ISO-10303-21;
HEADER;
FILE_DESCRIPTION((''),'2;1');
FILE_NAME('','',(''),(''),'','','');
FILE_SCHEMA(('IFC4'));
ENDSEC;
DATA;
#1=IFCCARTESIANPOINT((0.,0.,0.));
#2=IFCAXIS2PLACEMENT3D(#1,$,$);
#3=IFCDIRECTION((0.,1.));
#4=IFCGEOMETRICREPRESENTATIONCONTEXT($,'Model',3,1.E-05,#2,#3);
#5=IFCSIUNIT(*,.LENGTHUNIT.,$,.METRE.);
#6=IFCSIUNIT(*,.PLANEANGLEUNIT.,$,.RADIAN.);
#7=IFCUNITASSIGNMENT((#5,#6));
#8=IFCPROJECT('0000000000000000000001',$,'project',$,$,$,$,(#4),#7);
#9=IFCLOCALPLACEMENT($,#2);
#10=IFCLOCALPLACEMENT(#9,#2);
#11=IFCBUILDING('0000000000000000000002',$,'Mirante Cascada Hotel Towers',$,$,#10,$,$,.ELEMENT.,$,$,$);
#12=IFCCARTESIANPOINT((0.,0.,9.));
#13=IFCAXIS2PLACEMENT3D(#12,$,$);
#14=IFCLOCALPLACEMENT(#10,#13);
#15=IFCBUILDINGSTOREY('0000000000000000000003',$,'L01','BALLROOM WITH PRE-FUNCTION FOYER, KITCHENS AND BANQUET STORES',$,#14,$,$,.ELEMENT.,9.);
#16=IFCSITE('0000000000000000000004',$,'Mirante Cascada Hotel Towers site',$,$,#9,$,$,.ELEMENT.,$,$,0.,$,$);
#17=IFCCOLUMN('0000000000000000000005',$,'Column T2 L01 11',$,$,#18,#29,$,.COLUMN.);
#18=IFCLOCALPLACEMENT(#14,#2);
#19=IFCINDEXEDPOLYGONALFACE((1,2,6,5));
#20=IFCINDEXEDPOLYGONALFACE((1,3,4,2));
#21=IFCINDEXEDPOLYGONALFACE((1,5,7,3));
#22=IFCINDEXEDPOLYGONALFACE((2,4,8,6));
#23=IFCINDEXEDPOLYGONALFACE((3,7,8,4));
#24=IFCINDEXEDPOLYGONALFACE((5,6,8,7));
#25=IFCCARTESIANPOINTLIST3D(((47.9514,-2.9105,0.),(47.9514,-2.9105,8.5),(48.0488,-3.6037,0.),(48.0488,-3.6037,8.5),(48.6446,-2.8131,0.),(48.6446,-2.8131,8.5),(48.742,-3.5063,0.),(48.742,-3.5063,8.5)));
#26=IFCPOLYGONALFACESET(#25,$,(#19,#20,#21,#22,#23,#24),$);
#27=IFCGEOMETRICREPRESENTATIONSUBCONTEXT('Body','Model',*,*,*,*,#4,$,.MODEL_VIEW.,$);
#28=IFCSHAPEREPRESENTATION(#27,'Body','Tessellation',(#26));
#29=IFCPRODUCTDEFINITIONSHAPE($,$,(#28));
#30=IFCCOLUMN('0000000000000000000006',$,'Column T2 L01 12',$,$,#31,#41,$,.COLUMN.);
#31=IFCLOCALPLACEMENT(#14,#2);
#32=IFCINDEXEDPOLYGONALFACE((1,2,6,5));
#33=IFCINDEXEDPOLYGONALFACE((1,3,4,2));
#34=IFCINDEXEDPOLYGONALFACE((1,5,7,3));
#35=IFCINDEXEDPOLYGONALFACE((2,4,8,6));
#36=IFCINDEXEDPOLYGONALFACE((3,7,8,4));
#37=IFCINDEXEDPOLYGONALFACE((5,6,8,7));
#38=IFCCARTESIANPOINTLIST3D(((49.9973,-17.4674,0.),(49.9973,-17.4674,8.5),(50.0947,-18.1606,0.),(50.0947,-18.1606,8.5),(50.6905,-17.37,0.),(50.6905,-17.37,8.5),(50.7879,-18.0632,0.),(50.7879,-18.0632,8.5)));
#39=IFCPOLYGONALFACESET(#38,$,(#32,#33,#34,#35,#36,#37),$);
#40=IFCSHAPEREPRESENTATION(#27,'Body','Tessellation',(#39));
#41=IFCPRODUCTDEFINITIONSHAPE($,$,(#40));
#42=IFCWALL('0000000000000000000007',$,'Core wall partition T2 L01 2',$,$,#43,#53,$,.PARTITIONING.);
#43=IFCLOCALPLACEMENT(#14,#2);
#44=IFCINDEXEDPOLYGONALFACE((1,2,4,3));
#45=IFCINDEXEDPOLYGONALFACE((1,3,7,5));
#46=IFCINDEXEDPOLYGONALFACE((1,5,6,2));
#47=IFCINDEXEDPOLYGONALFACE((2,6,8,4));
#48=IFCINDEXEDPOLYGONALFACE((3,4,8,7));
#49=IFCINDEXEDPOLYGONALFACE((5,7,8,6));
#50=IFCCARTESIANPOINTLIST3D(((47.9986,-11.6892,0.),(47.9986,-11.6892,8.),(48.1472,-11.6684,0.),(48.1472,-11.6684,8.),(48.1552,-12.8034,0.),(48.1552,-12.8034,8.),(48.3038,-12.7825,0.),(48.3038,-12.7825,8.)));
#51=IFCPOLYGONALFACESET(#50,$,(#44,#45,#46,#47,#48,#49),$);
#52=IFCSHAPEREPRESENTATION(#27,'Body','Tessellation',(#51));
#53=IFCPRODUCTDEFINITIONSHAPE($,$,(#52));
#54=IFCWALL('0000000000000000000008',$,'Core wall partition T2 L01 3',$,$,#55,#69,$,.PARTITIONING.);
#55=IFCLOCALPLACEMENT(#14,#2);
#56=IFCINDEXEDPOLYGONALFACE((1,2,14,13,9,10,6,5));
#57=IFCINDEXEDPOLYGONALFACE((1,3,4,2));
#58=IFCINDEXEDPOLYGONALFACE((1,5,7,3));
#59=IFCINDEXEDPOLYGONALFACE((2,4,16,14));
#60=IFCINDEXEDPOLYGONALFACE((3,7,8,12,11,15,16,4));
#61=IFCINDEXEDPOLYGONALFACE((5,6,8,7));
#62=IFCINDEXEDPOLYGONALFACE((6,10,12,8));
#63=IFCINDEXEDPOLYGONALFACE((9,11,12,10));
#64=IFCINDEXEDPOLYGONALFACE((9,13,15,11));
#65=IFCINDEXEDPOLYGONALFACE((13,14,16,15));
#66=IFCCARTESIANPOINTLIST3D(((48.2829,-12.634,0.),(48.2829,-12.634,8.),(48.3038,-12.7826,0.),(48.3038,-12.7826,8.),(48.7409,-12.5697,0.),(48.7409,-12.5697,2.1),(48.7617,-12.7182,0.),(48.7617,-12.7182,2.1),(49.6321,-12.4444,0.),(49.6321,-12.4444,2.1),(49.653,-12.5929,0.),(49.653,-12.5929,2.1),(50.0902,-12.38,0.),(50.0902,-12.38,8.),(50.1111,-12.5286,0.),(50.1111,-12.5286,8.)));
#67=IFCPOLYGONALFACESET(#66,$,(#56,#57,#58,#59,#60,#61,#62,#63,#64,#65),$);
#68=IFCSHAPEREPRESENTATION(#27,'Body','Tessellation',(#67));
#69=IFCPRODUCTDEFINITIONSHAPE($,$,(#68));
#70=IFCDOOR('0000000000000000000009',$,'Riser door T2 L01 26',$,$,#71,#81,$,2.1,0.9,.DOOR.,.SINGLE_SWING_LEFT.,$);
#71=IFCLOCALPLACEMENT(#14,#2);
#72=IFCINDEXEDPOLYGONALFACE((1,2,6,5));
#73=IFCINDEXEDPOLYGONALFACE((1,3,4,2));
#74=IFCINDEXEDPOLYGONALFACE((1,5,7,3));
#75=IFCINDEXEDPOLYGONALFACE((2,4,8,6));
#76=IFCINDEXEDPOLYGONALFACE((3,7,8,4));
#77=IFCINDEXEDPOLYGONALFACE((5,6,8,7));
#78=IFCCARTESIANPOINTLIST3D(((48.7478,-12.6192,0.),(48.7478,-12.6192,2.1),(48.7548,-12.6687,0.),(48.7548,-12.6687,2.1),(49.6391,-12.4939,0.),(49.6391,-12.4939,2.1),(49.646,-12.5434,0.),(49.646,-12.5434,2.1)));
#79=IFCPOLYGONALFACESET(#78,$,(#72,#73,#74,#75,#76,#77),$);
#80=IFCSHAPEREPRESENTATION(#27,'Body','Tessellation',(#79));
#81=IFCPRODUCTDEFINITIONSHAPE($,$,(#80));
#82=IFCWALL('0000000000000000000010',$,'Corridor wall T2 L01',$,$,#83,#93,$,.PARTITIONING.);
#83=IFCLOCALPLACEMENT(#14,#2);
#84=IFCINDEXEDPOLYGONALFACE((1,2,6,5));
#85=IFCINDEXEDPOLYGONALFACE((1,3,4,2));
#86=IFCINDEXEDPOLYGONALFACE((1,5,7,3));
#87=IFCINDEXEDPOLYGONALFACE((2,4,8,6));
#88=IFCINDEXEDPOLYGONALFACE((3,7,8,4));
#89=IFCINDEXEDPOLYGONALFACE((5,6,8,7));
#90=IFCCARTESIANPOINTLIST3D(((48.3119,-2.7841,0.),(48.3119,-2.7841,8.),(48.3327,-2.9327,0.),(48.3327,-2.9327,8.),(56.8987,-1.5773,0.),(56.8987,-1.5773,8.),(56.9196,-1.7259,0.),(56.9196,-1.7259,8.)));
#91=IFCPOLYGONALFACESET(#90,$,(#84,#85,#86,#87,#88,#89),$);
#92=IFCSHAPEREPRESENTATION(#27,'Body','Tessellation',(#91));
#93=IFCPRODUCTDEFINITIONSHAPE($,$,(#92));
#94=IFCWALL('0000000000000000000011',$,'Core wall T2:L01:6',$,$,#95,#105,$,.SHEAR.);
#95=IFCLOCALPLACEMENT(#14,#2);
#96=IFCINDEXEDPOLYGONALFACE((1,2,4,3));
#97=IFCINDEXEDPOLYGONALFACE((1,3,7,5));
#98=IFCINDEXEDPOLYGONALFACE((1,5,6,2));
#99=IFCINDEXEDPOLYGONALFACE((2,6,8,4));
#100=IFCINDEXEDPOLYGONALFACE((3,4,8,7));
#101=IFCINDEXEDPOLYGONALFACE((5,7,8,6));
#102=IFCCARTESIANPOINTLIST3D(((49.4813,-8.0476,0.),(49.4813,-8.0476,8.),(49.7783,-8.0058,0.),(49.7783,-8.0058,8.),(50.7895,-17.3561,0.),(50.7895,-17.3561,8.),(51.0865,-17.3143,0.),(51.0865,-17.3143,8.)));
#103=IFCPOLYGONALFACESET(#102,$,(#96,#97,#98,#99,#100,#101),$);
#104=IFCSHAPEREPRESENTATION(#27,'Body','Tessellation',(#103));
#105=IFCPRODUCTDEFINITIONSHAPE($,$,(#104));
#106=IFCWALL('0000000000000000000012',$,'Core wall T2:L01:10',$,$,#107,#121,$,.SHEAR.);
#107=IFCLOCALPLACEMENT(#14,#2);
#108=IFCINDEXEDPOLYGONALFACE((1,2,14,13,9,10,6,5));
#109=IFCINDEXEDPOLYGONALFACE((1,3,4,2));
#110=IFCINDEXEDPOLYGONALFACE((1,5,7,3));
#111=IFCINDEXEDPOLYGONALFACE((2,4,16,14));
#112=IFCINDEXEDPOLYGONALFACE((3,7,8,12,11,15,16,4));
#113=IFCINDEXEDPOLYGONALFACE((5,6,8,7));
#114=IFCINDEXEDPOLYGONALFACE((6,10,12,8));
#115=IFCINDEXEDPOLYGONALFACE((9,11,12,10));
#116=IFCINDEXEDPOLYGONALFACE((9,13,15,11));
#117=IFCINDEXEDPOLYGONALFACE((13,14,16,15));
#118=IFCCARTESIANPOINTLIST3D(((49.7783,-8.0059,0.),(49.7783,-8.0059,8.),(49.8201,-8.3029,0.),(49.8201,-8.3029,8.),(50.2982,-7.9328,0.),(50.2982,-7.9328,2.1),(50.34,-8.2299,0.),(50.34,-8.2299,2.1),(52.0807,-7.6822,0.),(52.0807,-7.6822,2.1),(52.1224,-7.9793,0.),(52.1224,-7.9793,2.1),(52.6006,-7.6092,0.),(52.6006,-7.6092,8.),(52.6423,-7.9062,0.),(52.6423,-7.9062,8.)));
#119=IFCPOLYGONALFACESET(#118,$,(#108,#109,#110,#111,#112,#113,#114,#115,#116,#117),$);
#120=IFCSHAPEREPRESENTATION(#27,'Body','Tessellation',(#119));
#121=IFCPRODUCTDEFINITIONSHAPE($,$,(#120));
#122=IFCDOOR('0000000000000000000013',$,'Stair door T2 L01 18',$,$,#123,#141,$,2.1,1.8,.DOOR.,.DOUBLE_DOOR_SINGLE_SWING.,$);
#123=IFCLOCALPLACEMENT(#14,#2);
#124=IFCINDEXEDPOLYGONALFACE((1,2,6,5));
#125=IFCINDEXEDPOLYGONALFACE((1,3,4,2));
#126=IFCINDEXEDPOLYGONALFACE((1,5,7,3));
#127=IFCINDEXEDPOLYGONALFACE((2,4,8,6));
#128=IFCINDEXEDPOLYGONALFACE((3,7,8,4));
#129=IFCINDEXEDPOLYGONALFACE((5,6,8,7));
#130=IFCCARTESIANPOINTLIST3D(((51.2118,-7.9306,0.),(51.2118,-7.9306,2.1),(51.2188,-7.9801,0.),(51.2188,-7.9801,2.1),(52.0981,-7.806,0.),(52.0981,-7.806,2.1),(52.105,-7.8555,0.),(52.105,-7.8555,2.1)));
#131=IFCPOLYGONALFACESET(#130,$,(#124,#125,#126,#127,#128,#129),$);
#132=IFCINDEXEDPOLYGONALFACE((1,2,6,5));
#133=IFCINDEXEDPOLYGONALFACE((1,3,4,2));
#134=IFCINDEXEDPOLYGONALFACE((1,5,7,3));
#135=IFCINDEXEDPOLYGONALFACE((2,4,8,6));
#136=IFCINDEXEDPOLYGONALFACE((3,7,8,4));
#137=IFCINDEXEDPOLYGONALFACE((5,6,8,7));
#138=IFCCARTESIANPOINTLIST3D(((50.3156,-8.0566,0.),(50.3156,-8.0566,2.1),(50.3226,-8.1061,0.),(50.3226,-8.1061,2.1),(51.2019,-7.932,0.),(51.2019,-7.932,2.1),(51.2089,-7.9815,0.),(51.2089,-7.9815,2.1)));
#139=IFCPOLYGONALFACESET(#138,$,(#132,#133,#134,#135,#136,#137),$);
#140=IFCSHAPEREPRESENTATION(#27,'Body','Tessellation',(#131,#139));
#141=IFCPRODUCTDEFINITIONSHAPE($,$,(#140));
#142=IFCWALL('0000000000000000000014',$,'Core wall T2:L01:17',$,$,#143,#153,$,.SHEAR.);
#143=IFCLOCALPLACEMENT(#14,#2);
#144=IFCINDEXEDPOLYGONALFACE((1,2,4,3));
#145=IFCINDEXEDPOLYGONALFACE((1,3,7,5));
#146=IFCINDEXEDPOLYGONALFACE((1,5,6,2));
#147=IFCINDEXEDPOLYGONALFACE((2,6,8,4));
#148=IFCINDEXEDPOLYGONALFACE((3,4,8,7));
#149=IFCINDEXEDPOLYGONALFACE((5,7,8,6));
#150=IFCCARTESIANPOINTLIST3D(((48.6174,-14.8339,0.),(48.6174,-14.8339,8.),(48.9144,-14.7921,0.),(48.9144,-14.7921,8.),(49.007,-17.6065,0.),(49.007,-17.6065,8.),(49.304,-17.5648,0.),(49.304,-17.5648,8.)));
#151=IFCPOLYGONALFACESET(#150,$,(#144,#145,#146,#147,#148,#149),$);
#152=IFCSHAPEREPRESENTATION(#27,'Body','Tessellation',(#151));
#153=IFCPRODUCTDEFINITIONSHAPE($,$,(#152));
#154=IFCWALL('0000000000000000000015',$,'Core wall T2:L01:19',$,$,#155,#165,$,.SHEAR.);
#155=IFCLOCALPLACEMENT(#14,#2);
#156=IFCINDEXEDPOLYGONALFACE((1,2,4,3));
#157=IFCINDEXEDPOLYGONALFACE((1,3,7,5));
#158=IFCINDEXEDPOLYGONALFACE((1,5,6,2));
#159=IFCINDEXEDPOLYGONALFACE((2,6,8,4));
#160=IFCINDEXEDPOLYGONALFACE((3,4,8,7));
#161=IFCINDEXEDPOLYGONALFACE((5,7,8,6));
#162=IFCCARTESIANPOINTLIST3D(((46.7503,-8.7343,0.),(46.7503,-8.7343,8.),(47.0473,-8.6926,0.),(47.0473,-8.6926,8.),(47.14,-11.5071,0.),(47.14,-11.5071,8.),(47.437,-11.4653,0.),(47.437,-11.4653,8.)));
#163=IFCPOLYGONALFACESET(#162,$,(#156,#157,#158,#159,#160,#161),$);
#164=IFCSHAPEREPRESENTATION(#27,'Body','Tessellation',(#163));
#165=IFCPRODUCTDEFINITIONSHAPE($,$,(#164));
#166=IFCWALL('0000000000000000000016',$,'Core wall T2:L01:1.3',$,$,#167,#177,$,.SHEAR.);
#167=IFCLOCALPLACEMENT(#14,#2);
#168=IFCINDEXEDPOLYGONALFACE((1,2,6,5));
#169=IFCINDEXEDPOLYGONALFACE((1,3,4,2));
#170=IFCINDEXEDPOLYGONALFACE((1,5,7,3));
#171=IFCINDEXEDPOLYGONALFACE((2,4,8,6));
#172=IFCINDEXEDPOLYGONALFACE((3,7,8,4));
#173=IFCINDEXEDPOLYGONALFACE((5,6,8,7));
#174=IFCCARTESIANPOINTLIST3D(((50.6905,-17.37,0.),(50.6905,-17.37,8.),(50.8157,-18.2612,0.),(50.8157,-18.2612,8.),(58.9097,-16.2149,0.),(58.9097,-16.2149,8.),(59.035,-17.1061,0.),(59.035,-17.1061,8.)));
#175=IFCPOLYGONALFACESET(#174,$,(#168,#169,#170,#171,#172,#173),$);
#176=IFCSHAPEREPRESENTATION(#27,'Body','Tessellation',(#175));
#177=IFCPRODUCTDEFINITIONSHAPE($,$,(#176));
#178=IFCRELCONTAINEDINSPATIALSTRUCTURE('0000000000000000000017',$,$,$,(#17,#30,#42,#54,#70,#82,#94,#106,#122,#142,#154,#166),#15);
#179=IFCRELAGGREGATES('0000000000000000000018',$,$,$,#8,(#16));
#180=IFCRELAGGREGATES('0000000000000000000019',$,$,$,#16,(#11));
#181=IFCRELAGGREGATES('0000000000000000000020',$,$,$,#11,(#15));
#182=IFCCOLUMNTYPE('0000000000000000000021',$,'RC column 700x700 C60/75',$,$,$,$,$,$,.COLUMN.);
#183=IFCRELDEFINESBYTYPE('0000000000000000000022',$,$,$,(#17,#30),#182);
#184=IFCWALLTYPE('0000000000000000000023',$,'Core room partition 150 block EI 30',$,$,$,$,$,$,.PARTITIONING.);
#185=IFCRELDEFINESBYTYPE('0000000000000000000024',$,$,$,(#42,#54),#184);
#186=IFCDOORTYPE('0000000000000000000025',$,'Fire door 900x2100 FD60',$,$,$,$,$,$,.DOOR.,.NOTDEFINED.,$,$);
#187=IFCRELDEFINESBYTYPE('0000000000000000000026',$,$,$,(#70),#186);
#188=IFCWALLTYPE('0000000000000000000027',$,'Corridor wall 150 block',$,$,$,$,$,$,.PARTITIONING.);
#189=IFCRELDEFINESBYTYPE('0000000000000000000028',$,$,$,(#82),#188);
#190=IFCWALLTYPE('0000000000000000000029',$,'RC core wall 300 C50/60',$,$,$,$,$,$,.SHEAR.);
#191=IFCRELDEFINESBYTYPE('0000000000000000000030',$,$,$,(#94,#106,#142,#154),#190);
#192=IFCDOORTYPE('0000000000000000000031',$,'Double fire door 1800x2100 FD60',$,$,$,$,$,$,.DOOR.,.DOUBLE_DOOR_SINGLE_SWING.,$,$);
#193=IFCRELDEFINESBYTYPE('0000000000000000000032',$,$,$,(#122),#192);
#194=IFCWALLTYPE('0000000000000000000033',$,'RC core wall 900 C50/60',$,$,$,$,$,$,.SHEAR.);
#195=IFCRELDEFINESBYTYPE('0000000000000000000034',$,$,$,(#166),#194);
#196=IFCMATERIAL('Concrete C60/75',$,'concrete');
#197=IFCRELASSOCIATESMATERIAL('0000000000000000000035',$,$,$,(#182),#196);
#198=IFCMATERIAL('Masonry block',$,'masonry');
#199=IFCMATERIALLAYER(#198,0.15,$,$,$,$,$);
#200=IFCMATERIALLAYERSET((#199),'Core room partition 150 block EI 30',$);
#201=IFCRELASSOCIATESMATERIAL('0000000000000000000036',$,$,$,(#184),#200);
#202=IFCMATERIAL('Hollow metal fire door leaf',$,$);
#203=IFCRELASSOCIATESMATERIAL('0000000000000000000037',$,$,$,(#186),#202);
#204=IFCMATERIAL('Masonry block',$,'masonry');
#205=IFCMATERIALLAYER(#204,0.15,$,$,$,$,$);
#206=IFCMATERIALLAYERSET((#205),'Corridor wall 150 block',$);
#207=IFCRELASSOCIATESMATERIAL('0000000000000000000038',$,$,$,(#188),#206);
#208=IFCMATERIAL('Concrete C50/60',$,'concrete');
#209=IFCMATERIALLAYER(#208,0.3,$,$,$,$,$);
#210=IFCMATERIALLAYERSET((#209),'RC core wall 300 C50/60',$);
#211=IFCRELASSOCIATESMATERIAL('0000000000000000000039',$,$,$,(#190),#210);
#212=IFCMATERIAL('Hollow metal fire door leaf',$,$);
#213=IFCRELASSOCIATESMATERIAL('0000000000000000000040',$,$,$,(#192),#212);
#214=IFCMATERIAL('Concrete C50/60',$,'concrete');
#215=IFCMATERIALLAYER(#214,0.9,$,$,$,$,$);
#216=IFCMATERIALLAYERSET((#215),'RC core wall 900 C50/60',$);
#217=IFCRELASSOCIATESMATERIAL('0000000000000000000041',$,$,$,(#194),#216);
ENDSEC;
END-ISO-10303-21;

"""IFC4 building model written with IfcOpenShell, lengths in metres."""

from ifc_helpers import new_model, si_unit, direction, frame, frame_2d, origin, origin_2d, place, context, subcontext, project, spatial, rectangle, extrude, material, layer, layer_set, material_profile, profile_set, type_object, element, fill, save


model = new_model("IFC4")

# Units and contexts
model_context = context("Model", 3, precision=1e-05, world=origin(), true_north=direction((0.0, 1.0)))
body_context = subcontext(model_context, "Body", "Model", "MODEL_VIEW")
ifc_project = project(units=[si_unit("LENGTHUNIT", "METRE"), si_unit("PLANEANGLEUNIT", "RADIAN")], contexts=[model_context])

# Site, building, storey
site_placement = place(None, origin())
site = spatial("IfcSite", under=ifc_project, at=site_placement, Name="Mirante Cascada Hotel Towers site", CompositionType="ELEMENT", RefElevation=0.0)
building_placement = place(site_placement, origin())
building = spatial("IfcBuilding", under=site, at=building_placement, Name="Mirante Cascada Hotel Towers", CompositionType="ELEMENT")
storey_placement = place(building_placement, frame((0.0, 0.0, 9.0)))
storey = spatial("IfcBuildingStorey", under=building, at=storey_placement, Name="L01", Description="BALLROOM WITH PRE-FUNCTION FOYER, KITCHENS AND BANQUET STORES", CompositionType="ELEMENT", Elevation=9.0)

# Columns
ifc_material_1 = material(Name="Concrete C60/75", Category="concrete")
ifc_material_profile = material_profile(ifc_material_1, rectangle(XDim=0.7, YDim=0.7, at=origin_2d()), Name="RC column 700x700 C60/75")
ifc_profile_set = profile_set([ifc_material_profile], Name="Concrete C60/75")
column_type = type_object("IfcColumnType", Name="RC column 700x700 C60/75", PredefinedType="COLUMN", material=ifc_profile_set)
for number, where, z_axis, x_axis, name in (
    (1, (48.3467, -3.2084, 0.0), (0.0, 0.0, 1.0), (0.990268, 0.139173, 0.0), "Column T2 L01 11"),
    (2, (50.3926, -17.7653, 0.0), (0.0, 0.0, 1.0), (0.990268, 0.139173, 0.0), "Column T2 L01 12"),
):
    element("IfcColumn", number, at=place(storey_placement, frame(where, z_axis=z_axis, x_axis=x_axis)), inside=storey, type_object=column_type, Name=name, PredefinedType="COLUMN", context=body_context, shape_type="SweptSolid", body=[
        extrude(rectangle(XDim=0.7, YDim=0.7, at=origin_2d()), origin(), (0.0, 0.0, 1.0), 8.5),
    ])

# Wall
ifc_material_2 = material(Name="Masonry block", Category="masonry")
ifc_layer_1 = layer(ifc_material_2, 0.15)
ifc_layer_set_1 = layer_set([ifc_layer_1], Name="Core room partition 150 block EI 30")
wall_type_1 = type_object("IfcWallType", Name="Core room partition 150 block EI 30", PredefinedType="PARTITIONING", material=ifc_layer_set_1)
wall_1_placement = place(storey_placement, frame((48.2295, -12.793, 0.0), z_axis=(0.0, 0.0, 1.0), x_axis=(-0.139193, 0.990265, 0.0)))
element("IfcWall", 3, at=wall_1_placement, inside=storey, type_object=wall_type_1, Name="Core wall partition T2 L01 2", PredefinedType="PARTITIONING", context=body_context, shape_type="SweptSolid", body=[
    extrude(rectangle(XDim=1.1251, YDim=0.15, at=frame_2d((0.5626, 0.0))), origin(), (0.0, 0.0, 1.0), 8.0),
])

# Wall, opening, door
wall_2_placement = place(storey_placement, frame((48.2933, -12.7083, 0.0), z_axis=(0.0, 0.0, 1.0), x_axis=(0.990268, 0.139173, 0.0)))
wall_2 = element("IfcWall", 4, at=wall_2_placement, inside=storey, type_object=wall_type_1, Name="Core wall partition T2 L01 3", PredefinedType="PARTITIONING", context=body_context, shape_type="SweptSolid", body=[
    extrude(rectangle(XDim=1.8251, YDim=0.15, at=frame_2d((0.9126, 0.0))), origin(), (0.0, 0.0, 1.0), 8.0),
])
opening_1_placement = place(wall_2_placement, frame((0.4625, 0.0, 0.0)))
opening_1 = element("IfcOpeningElement", 5, at=opening_1_placement, cuts=wall_2, PredefinedType="OPENING", context=body_context, shape_type="SweptSolid", body=[
    extrude(rectangle(XDim=0.9, YDim=2.1, at=frame_2d((0.45, 1.05))), frame((0.0, 0.075, 0.0), z_axis=(0.0, -1.0, 0.0), x_axis=(1.0, 0.0, 0.0)), (0.0, 0.0, 1.0), 0.15),
])
ifc_material_3 = material(Name="Hollow metal fire door leaf")
door_type_1 = type_object("IfcDoorType", Name="Fire door 900x2100 FD60", OperationType="NOTDEFINED", PredefinedType="DOOR", material=ifc_material_3)
door_1_placement = place(opening_1_placement, frame((0.9, 0.0, 0.0), z_axis=(0.0, 0.0, 1.0), x_axis=(-1.0, 0.0, 0.0)))
door_1 = element("IfcDoor", 6, at=door_1_placement, inside=storey, type_object=door_type_1, Name="Riser door T2 L01 26", OperationType="SINGLE_SWING_LEFT", OverallHeight=2.1, OverallWidth=0.9, PredefinedType="DOOR", context=body_context, shape_type="SweptSolid", body=[
    extrude(rectangle(XDim=0.9, YDim=2.1, at=frame_2d((0.45, 1.05))), frame((0.0, 0.025, 0.0), z_axis=(0.0, -1.0, 0.0), x_axis=(1.0, 0.0, 0.0)), (0.0, 0.0, 1.0), 0.05),
])
fill(opening_1, door_1)

# Walls
ifc_material_4 = material(Name="Masonry block", Category="masonry")
ifc_layer_2 = layer(ifc_material_4, 0.15)
ifc_layer_set_2 = layer_set([ifc_layer_2], Name="Corridor wall 150 block")
wall_type_2 = type_object("IfcWallType", Name="Corridor wall 150 block", PredefinedType="PARTITIONING", material=ifc_layer_set_2)
wall_3_placement = place(storey_placement, frame((48.3223, -2.8584, 0.0), z_axis=(0.0, 0.0, 1.0), x_axis=(0.990268, 0.139174, 0.0)))
element("IfcWall", 7, at=wall_3_placement, inside=storey, type_object=wall_type_2, Name="Corridor wall T2 L01", PredefinedType="PARTITIONING", context=body_context, shape_type="SweptSolid", body=[
    extrude(rectangle(XDim=8.6712, YDim=0.15, at=frame_2d((4.3356, 0.0))), origin(), (0.0, 0.0, 1.0), 8.0),
])
ifc_material_5 = material(Name="Concrete C50/60", Category="concrete")
ifc_layer_3 = layer(ifc_material_5, 0.3)
ifc_layer_set_3 = layer_set([ifc_layer_3], Name="RC core wall 300 C50/60")
wall_type_3 = type_object("IfcWallType", Name="RC core wall 300 C50/60", PredefinedType="SHEAR", material=ifc_layer_set_3)
wall_4_placement = place(storey_placement, frame((50.938, -17.3352, 0.0), z_axis=(0.0, 0.0, 1.0), x_axis=(-0.139171, 0.990268, 0.0)))
element("IfcWall", 8, at=wall_4_placement, inside=storey, type_object=wall_type_3, Name="Core wall T2:L01:6", PredefinedType="SHEAR", context=body_context, shape_type="SweptSolid", body=[
    extrude(rectangle(XDim=9.4, YDim=0.3, at=frame_2d((4.7, 0.0))), origin(), (0.0, 0.0, 1.0), 8.0),
])

# Wall, opening, door
wall_5_placement = place(storey_placement, frame((49.7992, -8.1544, 0.0), z_axis=(0.0, 0.0, 1.0), x_axis=(0.990266, 0.139191, 0.0)))
wall_5 = element("IfcWall", 9, at=wall_5_placement, inside=storey, type_object=wall_type_3, Name="Core wall T2:L01:10", PredefinedType="SHEAR", context=body_context, shape_type="SweptSolid", body=[
    extrude(rectangle(XDim=2.85, YDim=0.3, at=frame_2d((1.425, 0.0))), origin(), (0.0, 0.0, 1.0), 8.0),
])
opening_2_placement = place(wall_5_placement, frame((0.525, 0.0, 0.0)))
opening_2 = element("IfcOpeningElement", 10, at=opening_2_placement, cuts=wall_5, PredefinedType="OPENING", context=body_context, shape_type="SweptSolid", body=[
    extrude(rectangle(XDim=1.8, YDim=2.1, at=frame_2d((0.9, 1.05))), frame((0.0, 0.15, 0.0), z_axis=(0.0, -1.0, 0.0), x_axis=(1.0, 0.0, 0.0)), (0.0, 0.0, 1.0), 0.3),
])
ifc_material_6 = material(Name="Hollow metal fire door leaf")
door_type_2 = type_object("IfcDoorType", Name="Double fire door 1800x2100 FD60", OperationType="DOUBLE_DOOR_SINGLE_SWING", PredefinedType="DOOR", material=ifc_material_6)
door_2_placement = place(opening_2_placement, frame((1.8, 0.0, 0.0), z_axis=(0.0, 0.0, 1.0), x_axis=(-1.0, 0.0, 0.0)))
door_2 = element("IfcDoor", 11, at=door_2_placement, inside=storey, type_object=door_type_2, Name="Stair door T2 L01 18", OperationType="DOUBLE_DOOR_SINGLE_SWING", OverallHeight=2.1, OverallWidth=1.8, PredefinedType="DOOR", context=body_context, shape_type="SweptSolid", body=[
    extrude(rectangle(XDim=0.895, YDim=2.1, at=frame_2d((0.4475, 1.05))), frame((0.0, 0.025, 0.0), z_axis=(0.0, -1.0, 0.0), x_axis=(1.0, 0.0, 0.0)), (0.0, 0.0, 1.0), 0.05),
    extrude(rectangle(XDim=0.895, YDim=2.1, at=frame_2d((1.3525, 1.05))), frame((0.0, 0.025, 0.0), z_axis=(0.0, -1.0, 0.0), x_axis=(1.0, 0.0, 0.0)), (0.0, 0.0, 1.0), 0.05),
])
fill(opening_2, door_2)

# Walls
wall_6_placement = place(storey_placement, frame((49.1555, -17.5857, 0.0), z_axis=(0.0, 0.0, 1.0), x_axis=(-0.139146, 0.990272, 0.0)))
element("IfcWall", 12, at=wall_6_placement, inside=storey, type_object=wall_type_3, Name="Core wall T2:L01:17", PredefinedType="SHEAR", context=body_context, shape_type="SweptSolid", body=[
    extrude(rectangle(XDim=2.7999, YDim=0.3, at=frame_2d((1.4, 0.0))), origin(), (0.0, 0.0, 1.0), 8.0),
])
wall_7_placement = place(storey_placement, frame((47.2885, -11.4862, 0.0), z_axis=(0.0, 0.0, 1.0), x_axis=(-0.139181, 0.990267, 0.0)))
element("IfcWall", 13, at=wall_7_placement, inside=storey, type_object=wall_type_3, Name="Core wall T2:L01:19", PredefinedType="SHEAR", context=body_context, shape_type="SweptSolid", body=[
    extrude(rectangle(XDim=2.8, YDim=0.3, at=frame_2d((1.4, 0.0))), origin(), (0.0, 0.0, 1.0), 8.0),
])
ifc_material_7 = material(Name="Concrete C50/60", Category="concrete")
ifc_layer_4 = layer(ifc_material_7, 0.9)
ifc_layer_set_4 = layer_set([ifc_layer_4], Name="RC core wall 900 C50/60")
wall_type_4 = type_object("IfcWallType", Name="RC core wall 900 C50/60", PredefinedType="SHEAR", material=ifc_layer_set_4)
wall_8_placement = place(storey_placement, frame((50.7531, -17.8156, 0.0), z_axis=(0.0, 0.0, 1.0), x_axis=(0.990269, 0.139169, 0.0)))
element("IfcWall", 14, at=wall_8_placement, inside=storey, type_object=wall_type_4, Name="Core wall T2:L01:1.3", PredefinedType="SHEAR", context=body_context, shape_type="SweptSolid", body=[
    extrude(rectangle(XDim=8.3, YDim=0.9, at=frame_2d((4.15, 0.0))), origin(), (0.0, 0.0, 1.0), 8.0),
])

save(model, "model.ifc")
